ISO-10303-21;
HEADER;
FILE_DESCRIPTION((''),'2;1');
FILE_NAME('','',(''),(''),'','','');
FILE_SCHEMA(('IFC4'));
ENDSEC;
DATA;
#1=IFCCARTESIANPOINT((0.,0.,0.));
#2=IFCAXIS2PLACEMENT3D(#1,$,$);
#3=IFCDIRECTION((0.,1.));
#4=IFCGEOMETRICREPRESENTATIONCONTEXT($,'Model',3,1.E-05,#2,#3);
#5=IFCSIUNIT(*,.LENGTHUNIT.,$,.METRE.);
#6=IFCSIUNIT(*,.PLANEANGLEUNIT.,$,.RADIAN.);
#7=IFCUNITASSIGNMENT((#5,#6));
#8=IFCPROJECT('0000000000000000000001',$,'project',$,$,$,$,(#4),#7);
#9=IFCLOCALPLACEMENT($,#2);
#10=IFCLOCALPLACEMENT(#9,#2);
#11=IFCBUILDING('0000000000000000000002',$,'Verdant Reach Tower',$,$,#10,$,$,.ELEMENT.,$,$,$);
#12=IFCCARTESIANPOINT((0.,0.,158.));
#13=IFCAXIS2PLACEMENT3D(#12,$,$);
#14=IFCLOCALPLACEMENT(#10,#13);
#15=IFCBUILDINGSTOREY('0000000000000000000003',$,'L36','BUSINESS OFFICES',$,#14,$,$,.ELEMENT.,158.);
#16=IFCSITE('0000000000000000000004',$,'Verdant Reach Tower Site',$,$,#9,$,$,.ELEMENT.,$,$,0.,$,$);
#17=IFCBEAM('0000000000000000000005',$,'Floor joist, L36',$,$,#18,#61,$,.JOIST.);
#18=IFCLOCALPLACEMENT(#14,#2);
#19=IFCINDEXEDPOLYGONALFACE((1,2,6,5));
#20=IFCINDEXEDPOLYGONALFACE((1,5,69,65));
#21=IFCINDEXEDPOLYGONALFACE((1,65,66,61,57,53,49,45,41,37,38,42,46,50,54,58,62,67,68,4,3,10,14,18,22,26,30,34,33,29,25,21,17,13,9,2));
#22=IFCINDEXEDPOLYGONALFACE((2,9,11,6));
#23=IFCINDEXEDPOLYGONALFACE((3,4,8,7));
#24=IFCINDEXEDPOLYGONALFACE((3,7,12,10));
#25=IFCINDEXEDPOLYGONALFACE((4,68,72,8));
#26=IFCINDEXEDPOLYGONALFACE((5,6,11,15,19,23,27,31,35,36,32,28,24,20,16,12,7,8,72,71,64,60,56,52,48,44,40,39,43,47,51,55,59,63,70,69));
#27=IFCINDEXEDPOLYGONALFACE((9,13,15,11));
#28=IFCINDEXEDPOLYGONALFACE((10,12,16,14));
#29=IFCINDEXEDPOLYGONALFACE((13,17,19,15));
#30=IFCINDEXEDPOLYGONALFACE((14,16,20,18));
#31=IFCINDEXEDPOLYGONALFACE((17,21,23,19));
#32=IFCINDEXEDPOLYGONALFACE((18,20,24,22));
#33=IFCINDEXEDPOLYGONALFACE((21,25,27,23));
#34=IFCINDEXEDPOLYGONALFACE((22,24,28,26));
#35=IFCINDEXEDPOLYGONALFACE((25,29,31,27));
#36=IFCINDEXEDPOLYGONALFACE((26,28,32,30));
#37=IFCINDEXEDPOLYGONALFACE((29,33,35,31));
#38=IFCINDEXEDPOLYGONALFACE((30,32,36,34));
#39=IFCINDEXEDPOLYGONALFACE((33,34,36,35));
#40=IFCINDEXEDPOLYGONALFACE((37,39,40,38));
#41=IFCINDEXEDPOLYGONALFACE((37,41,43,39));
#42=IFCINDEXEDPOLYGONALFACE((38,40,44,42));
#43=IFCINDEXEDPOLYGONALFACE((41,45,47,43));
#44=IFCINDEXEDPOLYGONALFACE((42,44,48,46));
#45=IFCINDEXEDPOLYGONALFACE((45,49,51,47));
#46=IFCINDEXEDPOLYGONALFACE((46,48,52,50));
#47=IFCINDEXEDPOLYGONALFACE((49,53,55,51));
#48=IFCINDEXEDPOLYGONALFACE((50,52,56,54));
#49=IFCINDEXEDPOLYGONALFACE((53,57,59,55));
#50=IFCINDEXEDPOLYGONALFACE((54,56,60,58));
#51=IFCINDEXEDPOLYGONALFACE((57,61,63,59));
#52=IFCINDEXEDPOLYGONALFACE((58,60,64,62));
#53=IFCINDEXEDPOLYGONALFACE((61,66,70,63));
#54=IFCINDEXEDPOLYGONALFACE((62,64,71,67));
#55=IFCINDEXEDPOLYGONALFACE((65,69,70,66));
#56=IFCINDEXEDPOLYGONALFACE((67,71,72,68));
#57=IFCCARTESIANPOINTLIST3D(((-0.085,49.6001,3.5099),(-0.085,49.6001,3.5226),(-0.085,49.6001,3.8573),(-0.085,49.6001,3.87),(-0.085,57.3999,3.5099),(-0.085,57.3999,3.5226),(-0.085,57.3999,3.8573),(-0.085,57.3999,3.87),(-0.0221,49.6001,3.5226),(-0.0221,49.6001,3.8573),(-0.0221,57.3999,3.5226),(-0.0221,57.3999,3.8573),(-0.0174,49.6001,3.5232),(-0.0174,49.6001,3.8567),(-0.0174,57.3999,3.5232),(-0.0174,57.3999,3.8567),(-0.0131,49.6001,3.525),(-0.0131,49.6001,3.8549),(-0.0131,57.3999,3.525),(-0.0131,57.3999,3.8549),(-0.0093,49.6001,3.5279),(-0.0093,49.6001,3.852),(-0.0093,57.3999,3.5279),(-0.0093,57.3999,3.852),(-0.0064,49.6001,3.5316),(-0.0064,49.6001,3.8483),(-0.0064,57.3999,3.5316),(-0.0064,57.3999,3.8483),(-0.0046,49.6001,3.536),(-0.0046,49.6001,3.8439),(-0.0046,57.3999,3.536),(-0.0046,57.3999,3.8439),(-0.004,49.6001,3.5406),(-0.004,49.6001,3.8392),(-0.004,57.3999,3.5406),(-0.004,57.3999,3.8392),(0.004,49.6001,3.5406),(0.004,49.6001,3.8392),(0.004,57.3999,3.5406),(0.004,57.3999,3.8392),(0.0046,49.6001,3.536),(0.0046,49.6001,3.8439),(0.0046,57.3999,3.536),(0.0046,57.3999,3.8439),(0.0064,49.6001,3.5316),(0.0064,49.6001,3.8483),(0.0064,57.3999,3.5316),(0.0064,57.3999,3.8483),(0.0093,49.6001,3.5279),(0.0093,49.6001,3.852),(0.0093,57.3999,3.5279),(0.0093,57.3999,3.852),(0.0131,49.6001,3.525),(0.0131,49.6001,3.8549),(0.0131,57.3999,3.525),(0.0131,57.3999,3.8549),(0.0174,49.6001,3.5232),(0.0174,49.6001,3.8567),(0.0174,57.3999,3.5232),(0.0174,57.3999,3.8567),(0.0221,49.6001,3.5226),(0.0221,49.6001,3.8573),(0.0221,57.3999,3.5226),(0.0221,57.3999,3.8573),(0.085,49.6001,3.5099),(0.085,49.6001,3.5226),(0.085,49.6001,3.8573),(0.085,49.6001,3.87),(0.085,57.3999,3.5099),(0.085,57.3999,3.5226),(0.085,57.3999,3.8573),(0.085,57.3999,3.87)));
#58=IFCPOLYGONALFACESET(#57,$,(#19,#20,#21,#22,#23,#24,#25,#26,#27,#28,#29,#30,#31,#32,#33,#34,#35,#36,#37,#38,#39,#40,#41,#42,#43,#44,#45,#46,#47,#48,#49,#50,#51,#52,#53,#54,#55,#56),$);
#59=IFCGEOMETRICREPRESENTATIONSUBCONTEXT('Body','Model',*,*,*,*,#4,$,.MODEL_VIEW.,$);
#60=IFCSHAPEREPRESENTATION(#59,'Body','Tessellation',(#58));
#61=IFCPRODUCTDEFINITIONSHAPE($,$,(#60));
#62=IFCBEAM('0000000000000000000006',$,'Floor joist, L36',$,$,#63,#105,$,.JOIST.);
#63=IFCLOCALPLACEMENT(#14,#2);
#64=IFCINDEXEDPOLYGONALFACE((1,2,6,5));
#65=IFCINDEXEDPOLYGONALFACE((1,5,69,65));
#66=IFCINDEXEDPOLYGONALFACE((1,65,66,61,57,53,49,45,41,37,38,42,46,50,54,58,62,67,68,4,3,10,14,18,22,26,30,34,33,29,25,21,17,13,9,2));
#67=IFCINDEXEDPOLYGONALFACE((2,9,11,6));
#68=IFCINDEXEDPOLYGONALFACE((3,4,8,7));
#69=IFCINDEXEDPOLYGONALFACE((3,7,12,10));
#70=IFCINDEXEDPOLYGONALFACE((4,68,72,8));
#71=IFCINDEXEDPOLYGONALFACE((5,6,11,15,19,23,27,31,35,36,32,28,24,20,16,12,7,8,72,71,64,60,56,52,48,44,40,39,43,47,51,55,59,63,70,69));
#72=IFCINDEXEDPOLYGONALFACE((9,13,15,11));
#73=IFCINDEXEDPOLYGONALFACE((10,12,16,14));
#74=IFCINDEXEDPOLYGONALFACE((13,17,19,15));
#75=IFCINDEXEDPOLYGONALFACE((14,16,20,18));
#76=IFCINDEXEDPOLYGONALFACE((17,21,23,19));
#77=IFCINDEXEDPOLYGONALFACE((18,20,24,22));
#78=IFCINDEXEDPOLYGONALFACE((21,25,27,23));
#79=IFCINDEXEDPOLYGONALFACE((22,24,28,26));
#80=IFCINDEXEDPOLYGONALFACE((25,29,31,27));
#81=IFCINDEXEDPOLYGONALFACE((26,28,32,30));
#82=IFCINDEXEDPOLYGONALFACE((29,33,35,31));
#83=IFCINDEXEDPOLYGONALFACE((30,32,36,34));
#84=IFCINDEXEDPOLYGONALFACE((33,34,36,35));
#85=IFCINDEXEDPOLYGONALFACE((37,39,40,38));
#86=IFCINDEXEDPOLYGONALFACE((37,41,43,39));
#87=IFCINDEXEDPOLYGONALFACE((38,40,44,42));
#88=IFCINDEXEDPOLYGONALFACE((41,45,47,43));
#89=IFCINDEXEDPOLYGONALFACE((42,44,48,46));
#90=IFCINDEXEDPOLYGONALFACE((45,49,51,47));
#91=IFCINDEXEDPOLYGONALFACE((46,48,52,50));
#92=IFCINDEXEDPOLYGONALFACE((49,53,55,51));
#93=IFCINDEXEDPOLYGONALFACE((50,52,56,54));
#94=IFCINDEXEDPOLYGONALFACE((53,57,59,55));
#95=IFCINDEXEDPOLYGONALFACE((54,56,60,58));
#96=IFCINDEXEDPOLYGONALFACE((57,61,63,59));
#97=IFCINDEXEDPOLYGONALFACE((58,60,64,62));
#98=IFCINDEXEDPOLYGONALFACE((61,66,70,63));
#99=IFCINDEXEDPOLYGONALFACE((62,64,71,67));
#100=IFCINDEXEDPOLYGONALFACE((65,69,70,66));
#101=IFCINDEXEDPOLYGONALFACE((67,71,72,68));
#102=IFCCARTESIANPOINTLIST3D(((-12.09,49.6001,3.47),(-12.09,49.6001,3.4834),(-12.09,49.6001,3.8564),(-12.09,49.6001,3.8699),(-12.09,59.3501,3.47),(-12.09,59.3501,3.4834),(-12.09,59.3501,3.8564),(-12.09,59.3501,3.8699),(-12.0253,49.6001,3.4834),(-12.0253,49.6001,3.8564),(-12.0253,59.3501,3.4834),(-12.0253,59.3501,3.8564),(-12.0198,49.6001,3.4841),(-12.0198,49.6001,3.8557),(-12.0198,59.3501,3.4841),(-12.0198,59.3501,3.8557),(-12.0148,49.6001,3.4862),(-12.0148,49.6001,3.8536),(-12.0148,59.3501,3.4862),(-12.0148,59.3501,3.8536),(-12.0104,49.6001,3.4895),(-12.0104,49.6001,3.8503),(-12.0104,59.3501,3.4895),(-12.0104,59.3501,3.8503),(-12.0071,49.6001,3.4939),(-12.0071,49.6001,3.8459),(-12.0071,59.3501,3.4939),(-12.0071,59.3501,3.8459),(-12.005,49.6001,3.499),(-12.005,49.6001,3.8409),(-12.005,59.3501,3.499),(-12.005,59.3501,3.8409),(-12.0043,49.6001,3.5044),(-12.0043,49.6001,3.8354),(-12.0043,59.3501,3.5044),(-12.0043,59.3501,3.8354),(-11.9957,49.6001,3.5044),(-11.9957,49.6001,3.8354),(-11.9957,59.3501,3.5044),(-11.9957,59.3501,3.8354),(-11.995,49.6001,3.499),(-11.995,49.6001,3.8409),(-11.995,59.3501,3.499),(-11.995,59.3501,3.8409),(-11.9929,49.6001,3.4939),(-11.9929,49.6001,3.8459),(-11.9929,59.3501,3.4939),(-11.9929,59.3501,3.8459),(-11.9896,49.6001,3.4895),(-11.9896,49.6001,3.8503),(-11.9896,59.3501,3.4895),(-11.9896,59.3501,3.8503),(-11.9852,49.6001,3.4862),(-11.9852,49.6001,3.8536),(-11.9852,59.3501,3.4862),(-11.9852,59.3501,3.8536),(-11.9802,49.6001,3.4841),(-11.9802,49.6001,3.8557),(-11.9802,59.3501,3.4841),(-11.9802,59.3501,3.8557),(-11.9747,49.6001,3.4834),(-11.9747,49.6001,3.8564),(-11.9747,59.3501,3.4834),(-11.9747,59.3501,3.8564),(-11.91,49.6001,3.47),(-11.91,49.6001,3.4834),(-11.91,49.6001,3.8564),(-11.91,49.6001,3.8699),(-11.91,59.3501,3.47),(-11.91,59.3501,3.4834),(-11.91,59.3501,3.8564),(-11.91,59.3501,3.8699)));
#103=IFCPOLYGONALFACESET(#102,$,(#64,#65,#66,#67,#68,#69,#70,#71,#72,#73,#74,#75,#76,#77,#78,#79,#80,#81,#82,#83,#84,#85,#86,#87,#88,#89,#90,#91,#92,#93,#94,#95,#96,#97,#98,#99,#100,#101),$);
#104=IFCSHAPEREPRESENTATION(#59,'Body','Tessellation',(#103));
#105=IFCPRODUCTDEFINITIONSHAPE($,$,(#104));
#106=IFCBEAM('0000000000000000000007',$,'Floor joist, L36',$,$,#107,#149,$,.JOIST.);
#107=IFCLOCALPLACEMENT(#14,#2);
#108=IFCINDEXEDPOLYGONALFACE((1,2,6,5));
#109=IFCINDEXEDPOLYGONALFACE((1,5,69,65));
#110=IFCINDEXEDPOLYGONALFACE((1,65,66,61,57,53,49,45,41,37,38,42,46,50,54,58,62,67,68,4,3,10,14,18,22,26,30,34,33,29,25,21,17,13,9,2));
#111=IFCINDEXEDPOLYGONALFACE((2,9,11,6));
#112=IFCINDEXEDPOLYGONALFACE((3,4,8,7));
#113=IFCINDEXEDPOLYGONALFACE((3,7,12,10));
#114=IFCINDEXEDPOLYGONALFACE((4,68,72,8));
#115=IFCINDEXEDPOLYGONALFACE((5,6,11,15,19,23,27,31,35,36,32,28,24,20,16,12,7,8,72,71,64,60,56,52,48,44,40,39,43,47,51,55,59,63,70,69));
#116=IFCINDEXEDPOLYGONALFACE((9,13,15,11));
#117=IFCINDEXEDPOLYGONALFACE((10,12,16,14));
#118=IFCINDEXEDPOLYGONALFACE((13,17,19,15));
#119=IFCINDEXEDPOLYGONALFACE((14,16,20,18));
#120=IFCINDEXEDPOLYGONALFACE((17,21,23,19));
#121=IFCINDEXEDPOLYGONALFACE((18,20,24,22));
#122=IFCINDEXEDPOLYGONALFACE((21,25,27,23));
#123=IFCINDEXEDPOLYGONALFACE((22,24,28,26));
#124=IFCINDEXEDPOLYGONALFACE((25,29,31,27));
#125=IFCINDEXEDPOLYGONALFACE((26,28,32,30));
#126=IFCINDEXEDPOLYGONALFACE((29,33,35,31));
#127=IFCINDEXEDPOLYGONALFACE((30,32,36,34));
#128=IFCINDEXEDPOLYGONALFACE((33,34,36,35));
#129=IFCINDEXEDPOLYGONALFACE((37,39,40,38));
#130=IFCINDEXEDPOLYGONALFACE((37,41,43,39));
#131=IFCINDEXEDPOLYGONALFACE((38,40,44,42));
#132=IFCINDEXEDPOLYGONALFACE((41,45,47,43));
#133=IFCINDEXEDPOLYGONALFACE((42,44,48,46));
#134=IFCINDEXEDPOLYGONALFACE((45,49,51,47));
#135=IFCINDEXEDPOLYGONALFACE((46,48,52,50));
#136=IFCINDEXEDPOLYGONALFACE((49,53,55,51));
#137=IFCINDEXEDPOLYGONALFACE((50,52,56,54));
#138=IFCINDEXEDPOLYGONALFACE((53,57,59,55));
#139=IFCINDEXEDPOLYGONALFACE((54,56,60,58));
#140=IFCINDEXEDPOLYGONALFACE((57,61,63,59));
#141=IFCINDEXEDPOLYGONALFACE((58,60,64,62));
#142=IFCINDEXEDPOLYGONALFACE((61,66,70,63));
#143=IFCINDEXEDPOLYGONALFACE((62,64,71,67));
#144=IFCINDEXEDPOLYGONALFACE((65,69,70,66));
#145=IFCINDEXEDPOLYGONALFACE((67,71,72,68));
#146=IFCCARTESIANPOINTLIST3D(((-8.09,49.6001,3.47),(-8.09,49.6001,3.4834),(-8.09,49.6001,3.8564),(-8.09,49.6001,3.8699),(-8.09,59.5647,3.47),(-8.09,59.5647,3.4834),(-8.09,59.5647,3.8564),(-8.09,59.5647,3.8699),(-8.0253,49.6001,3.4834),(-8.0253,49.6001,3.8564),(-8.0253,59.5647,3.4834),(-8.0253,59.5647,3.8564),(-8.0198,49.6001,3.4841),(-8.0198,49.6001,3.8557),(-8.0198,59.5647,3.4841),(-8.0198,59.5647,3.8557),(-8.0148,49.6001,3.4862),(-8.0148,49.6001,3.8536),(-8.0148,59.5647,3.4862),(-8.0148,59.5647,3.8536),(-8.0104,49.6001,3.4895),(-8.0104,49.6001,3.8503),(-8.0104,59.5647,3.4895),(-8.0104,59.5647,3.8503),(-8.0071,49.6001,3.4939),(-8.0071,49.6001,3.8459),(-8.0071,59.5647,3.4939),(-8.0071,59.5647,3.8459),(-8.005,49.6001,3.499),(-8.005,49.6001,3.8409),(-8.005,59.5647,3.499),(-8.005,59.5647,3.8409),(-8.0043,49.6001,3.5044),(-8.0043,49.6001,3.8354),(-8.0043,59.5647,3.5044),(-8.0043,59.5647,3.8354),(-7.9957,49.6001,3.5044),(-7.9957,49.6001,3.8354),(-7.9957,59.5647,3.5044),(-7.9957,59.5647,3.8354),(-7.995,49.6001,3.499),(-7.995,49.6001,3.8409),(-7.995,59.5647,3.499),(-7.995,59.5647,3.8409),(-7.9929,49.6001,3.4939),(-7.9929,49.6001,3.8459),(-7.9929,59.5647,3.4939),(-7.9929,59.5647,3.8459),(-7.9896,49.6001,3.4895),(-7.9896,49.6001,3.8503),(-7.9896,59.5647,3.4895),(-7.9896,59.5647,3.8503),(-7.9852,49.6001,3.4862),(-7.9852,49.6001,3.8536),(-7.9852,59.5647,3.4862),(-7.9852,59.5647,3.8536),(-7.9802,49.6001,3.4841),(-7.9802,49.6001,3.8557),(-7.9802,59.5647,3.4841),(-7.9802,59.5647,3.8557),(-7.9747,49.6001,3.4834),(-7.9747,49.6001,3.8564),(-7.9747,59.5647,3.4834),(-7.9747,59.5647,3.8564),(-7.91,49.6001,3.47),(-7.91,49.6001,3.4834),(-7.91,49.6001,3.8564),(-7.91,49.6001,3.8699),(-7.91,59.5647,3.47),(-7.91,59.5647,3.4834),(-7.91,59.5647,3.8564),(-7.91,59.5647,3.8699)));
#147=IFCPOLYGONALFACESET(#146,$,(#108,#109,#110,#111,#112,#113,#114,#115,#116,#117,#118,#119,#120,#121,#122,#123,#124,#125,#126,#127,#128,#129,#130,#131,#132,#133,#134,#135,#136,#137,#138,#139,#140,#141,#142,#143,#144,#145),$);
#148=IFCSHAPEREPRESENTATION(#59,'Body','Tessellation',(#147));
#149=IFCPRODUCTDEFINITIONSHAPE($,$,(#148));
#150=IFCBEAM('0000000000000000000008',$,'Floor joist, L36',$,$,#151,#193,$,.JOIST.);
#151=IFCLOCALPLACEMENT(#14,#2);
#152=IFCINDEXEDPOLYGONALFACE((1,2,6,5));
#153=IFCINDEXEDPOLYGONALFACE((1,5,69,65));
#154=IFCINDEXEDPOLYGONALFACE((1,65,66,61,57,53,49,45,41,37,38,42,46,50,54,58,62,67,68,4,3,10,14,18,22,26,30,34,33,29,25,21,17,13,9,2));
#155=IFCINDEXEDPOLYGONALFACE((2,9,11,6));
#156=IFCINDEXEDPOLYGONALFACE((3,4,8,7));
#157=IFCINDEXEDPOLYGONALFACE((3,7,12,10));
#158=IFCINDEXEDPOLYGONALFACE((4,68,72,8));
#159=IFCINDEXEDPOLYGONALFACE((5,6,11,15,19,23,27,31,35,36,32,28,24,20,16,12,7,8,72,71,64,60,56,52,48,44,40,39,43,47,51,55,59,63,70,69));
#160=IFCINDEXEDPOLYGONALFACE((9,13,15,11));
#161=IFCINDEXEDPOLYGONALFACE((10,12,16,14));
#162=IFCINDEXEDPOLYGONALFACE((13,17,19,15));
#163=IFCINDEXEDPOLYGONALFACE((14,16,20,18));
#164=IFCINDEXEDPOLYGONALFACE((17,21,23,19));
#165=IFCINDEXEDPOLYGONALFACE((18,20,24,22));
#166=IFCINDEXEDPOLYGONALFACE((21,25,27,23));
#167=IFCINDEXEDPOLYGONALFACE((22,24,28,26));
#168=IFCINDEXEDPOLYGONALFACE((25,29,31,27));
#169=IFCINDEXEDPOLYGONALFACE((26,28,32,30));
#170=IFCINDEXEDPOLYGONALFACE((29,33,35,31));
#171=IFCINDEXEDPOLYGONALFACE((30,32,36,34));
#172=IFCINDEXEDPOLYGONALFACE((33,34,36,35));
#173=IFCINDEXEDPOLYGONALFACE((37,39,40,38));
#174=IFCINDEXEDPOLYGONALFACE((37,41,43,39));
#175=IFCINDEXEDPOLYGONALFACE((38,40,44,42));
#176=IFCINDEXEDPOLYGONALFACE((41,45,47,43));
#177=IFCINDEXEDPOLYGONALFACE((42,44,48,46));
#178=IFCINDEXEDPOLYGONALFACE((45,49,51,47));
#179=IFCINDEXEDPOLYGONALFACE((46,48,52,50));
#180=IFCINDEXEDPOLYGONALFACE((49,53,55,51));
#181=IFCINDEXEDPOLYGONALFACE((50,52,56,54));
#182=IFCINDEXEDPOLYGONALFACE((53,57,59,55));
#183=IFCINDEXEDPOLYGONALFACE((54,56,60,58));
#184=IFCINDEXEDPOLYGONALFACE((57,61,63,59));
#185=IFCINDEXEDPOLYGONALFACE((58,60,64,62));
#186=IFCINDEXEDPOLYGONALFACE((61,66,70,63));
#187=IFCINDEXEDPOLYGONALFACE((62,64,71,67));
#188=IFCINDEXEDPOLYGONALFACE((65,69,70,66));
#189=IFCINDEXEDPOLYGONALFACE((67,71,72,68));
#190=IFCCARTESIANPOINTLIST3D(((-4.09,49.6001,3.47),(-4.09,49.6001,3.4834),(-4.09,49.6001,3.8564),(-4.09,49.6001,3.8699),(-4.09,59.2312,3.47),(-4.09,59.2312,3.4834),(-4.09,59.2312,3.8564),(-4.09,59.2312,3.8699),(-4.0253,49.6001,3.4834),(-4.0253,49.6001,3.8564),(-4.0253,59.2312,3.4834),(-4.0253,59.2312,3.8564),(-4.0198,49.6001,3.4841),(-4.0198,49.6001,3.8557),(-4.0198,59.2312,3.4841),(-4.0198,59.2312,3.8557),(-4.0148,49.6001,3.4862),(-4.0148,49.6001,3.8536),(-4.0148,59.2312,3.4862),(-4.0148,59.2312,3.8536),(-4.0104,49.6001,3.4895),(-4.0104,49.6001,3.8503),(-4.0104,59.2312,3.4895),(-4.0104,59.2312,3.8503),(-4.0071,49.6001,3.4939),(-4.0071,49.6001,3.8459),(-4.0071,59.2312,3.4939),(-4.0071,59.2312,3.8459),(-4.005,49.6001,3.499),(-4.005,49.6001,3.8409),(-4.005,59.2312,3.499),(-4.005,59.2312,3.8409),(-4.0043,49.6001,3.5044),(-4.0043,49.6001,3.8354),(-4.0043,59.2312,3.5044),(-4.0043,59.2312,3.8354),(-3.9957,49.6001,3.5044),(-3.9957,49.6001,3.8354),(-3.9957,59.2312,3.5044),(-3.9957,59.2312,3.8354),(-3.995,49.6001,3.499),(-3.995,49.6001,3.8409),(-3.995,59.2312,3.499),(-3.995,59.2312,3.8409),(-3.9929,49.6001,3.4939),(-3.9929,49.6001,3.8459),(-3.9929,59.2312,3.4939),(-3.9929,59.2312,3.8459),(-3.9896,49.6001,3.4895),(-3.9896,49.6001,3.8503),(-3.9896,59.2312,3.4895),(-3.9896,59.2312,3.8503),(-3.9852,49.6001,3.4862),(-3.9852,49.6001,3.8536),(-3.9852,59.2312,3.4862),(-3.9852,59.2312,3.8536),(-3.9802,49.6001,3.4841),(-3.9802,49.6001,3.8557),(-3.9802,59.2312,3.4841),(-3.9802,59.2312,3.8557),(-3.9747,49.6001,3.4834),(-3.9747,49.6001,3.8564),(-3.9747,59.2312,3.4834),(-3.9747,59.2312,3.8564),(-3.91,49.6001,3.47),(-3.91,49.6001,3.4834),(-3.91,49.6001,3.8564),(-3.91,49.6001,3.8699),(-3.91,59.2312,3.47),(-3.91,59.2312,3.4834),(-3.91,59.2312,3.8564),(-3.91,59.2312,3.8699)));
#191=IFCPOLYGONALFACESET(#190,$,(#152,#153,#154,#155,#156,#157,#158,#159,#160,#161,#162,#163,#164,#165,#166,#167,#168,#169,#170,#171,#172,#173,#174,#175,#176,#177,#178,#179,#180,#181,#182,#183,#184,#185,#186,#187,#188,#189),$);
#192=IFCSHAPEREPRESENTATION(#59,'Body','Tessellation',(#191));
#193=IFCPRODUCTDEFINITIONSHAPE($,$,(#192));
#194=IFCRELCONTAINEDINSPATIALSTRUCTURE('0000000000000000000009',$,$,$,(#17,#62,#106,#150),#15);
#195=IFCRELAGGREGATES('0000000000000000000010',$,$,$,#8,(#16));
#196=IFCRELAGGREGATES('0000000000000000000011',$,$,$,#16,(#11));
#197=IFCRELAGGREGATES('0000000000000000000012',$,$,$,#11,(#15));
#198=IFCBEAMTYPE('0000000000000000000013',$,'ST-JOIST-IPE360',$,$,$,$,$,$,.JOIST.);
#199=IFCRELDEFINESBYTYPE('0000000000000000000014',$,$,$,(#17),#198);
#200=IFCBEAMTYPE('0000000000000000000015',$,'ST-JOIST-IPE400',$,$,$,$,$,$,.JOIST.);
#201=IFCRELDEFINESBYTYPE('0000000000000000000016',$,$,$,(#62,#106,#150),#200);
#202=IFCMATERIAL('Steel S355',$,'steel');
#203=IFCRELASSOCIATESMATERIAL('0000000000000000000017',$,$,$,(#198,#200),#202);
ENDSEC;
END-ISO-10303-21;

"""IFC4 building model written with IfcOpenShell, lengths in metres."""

from ifc_helpers import new_model, si_unit, direction, frame, origin, origin_2d, place, context, subcontext, project, spatial, i_section, extrude, material, material_profile, profile_set, type_object, element, save


model = new_model("IFC4")

# Units and contexts
model_context = context("Model", 3, precision=1e-05, world=origin(), true_north=direction((0.0, 1.0)))
body_context = subcontext(model_context, "Body", "Model", "MODEL_VIEW")
ifc_project = project(units=[si_unit("LENGTHUNIT", "METRE"), si_unit("PLANEANGLEUNIT", "RADIAN")], contexts=[model_context])

# Site, building, storey
site_placement = place(None, origin())
site = spatial("IfcSite", under=ifc_project, at=site_placement, Name="Verdant Reach Tower Site", CompositionType="ELEMENT", RefElevation=0.0)
building_placement = place(site_placement, origin())
building = spatial("IfcBuilding", under=site, at=building_placement, Name="Verdant Reach Tower", CompositionType="ELEMENT")
storey_placement = place(building_placement, frame((0.0, 0.0, 158.0)))
storey = spatial("IfcBuildingStorey", under=building, at=storey_placement, Name="L36", Description="BUSINESS OFFICES", CompositionType="ELEMENT", Elevation=158.0)

# Beams
ifc_material_1 = material(Name="Steel S355", Category="steel")
ifc_material_profile_1 = material_profile(ifc_material_1, i_section(OverallWidth=0.1699, OverallDepth=0.3601, WebThickness=0.0081, FlangeThickness=0.0127, FilletRadius=0.0181, at=origin_2d()), Name="IPE 360")
ifc_profile_set_1 = profile_set([ifc_material_profile_1], Name="Steel S355")
beam_type_1 = type_object("IfcBeamType", Name="ST-JOIST-IPE360", PredefinedType="JOIST", material=ifc_profile_set_1)
beam_1_placement = place(storey_placement, frame((0.0, 49.6001, 3.6899), z_axis=(0.0, 1.0, 0.0), x_axis=(-1.0, 0.0, 0.0)))
element("IfcBeam", 1, at=beam_1_placement, inside=storey, type_object=beam_type_1, Name="Floor joist, L36", PredefinedType="JOIST", context=body_context, shape_type="SweptSolid", body=[
    extrude(i_section(OverallWidth=0.1699, OverallDepth=0.3601, WebThickness=0.0081, FlangeThickness=0.0127, FilletRadius=0.0181, at=origin_2d()), origin(), (0.0, 0.0, 1.0), 7.7998),
])
ifc_material_profile_2 = material_profile(ifc_material_1, i_section(OverallWidth=0.1799, OverallDepth=0.3999, WebThickness=0.0085, FlangeThickness=0.0134, FilletRadius=0.021, at=origin_2d()), Name="IPE 400")
ifc_profile_set_2 = profile_set([ifc_material_profile_2], Name="Steel S355")
beam_type_2 = type_object("IfcBeamType", Name="ST-JOIST-IPE400", PredefinedType="JOIST", material=ifc_profile_set_2)
beam_2_placement = place(storey_placement, frame((-12.0, 49.6001, 3.6699), z_axis=(0.0, 1.0, 0.0), x_axis=(-1.0, 0.0, 0.0)))
element("IfcBeam", 2, at=beam_2_placement, inside=storey, type_object=beam_type_2, Name="Floor joist, L36", PredefinedType="JOIST", context=body_context, shape_type="SweptSolid", body=[
    extrude(i_section(OverallWidth=0.1799, OverallDepth=0.3999, WebThickness=0.0085, FlangeThickness=0.0134, FilletRadius=0.021, at=origin_2d()), origin(), (0.0, 0.0, 1.0), 9.75),
])
beam_3_placement = place(storey_placement, frame((-8.0, 49.6001, 3.6699), z_axis=(0.0, 1.0, 0.0), x_axis=(-1.0, 0.0, 0.0)))
element("IfcBeam", 3, at=beam_3_placement, inside=storey, type_object=beam_type_2, Name="Floor joist, L36", PredefinedType="JOIST", context=body_context, shape_type="SweptSolid", body=[
    extrude(i_section(OverallWidth=0.1799, OverallDepth=0.3999, WebThickness=0.0085, FlangeThickness=0.0134, FilletRadius=0.021, at=origin_2d()), origin(), (0.0, 0.0, 1.0), 9.9646),
])
beam_4_placement = place(storey_placement, frame((-4.0, 49.6001, 3.6699), z_axis=(0.0, 1.0, 0.0), x_axis=(-1.0, 0.0, 0.0)))
element("IfcBeam", 4, at=beam_4_placement, inside=storey, type_object=beam_type_2, Name="Floor joist, L36", PredefinedType="JOIST", context=body_context, shape_type="SweptSolid", body=[
    extrude(i_section(OverallWidth=0.1799, OverallDepth=0.3999, WebThickness=0.0085, FlangeThickness=0.0134, FilletRadius=0.021, at=origin_2d()), origin(), (0.0, 0.0, 1.0), 9.6311),
])

save(model, "model.ifc")
